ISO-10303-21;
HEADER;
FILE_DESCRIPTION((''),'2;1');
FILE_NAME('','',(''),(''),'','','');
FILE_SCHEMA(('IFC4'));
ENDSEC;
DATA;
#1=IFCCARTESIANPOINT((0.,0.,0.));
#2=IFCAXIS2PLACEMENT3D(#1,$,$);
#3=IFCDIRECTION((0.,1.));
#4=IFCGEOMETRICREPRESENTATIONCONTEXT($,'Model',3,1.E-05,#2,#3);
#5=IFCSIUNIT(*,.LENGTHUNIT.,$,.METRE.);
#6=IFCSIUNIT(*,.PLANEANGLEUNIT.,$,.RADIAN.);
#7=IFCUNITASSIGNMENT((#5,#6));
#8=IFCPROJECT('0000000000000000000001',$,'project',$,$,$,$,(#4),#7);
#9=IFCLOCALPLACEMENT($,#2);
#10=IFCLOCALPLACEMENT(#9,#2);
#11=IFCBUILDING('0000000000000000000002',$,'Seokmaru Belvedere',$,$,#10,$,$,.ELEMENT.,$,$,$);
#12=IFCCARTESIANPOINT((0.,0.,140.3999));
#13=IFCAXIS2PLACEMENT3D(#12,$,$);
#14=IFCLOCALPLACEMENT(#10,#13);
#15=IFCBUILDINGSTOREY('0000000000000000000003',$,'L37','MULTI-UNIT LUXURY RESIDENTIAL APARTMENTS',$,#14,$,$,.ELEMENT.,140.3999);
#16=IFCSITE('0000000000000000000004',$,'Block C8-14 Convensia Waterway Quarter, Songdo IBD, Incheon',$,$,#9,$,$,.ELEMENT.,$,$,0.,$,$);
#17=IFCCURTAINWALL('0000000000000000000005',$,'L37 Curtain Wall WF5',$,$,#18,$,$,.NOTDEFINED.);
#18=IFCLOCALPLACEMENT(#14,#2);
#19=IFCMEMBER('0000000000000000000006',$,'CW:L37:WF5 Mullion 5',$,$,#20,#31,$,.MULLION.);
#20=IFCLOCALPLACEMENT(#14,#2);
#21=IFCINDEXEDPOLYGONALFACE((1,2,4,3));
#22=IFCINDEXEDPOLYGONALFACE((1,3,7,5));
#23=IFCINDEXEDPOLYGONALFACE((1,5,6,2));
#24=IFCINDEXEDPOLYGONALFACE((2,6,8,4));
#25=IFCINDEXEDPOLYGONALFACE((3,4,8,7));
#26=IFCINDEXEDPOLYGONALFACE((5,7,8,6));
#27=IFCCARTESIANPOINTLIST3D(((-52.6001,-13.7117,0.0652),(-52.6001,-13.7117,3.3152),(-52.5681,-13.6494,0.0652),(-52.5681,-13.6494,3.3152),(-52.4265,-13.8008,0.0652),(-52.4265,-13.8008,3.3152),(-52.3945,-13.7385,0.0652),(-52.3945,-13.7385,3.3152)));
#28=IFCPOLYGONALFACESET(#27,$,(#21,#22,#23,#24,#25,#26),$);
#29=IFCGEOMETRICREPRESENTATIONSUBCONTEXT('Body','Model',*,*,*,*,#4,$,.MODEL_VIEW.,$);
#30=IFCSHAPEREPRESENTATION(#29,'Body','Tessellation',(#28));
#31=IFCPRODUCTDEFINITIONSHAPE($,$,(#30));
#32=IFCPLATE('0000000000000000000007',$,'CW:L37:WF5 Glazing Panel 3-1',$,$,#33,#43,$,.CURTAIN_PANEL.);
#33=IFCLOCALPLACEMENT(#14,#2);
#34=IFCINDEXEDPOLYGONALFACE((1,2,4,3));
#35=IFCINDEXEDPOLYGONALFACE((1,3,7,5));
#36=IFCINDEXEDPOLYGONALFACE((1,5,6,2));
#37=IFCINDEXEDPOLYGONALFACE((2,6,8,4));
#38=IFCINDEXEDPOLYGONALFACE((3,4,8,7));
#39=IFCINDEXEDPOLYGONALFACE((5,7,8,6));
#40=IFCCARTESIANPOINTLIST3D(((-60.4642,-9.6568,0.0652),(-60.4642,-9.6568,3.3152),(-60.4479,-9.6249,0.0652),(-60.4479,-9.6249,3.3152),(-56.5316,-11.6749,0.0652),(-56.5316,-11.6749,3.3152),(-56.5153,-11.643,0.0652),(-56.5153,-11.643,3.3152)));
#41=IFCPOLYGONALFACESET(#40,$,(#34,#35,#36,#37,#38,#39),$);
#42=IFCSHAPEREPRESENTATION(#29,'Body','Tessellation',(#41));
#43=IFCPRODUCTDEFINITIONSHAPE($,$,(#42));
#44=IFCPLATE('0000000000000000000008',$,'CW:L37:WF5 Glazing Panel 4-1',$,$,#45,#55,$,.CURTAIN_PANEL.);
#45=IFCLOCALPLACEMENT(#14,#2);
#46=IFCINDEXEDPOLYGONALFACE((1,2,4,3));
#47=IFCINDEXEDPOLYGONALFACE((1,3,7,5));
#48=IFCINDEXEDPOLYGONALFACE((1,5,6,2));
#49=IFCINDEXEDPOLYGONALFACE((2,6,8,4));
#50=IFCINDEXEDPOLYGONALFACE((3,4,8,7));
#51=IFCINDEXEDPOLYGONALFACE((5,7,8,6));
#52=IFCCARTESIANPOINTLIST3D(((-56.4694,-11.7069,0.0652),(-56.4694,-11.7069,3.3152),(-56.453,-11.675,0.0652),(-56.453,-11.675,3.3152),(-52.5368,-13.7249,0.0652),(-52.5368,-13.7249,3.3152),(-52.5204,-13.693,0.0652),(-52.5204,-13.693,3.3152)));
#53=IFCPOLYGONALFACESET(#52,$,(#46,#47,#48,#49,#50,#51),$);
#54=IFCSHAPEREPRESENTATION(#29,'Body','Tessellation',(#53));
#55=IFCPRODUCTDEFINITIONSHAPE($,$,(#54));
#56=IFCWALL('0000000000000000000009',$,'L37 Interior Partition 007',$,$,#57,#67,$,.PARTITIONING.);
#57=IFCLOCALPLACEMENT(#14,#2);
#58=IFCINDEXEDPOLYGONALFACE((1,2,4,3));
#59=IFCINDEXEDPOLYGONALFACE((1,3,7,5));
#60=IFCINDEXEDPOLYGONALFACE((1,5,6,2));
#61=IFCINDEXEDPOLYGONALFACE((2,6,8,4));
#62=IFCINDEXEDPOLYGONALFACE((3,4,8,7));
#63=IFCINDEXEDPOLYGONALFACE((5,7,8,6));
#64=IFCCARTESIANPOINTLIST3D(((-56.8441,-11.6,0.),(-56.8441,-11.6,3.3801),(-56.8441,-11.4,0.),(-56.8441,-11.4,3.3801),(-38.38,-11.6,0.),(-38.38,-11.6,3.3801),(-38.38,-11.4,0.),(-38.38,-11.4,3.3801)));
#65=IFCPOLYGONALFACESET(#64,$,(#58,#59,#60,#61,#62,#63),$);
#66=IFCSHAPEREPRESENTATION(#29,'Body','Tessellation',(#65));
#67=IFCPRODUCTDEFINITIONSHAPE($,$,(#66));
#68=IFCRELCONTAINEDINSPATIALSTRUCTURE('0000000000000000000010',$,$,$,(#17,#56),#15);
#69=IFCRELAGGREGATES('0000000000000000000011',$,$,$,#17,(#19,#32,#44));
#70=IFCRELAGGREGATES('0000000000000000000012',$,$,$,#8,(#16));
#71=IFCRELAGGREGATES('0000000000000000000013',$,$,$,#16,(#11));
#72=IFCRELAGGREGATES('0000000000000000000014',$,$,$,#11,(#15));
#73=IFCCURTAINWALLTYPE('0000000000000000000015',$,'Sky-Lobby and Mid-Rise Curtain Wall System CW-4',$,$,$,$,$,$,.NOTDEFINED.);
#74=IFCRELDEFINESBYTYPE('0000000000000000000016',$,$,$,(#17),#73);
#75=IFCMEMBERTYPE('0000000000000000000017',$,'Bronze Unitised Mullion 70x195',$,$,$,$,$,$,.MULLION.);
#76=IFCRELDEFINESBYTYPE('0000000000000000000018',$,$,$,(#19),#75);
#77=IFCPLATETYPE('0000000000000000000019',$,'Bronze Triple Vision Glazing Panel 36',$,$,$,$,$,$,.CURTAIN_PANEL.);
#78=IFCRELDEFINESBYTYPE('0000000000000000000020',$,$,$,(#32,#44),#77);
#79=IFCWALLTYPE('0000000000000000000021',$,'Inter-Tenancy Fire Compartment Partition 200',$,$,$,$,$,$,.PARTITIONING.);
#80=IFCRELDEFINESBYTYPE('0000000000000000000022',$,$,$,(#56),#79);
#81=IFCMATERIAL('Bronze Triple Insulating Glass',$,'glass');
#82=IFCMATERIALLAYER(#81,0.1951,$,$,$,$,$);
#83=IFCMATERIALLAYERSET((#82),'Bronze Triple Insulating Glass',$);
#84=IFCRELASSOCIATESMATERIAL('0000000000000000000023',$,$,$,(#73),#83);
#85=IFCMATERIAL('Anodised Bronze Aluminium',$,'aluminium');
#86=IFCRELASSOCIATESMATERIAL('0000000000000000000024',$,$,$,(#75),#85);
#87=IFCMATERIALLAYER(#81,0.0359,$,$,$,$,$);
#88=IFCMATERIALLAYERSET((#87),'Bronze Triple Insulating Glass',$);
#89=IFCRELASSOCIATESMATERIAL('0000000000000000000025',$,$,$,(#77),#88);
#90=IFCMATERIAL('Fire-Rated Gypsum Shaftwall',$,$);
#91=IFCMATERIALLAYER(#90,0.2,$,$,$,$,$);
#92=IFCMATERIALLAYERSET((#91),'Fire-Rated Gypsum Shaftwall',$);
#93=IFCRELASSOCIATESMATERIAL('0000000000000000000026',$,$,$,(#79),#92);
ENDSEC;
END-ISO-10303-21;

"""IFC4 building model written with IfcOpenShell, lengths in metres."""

from ifc_helpers import new_model, si_unit, direction, frame, frame_2d, origin, origin_2d, place, context, subcontext, project, spatial, rectangle, extrude, source, transform, mapped, material, layer, layer_set, material_profile, profile_set, type_object, type_shapes, element, aggregate, save


model = new_model("IFC4")

# Units and contexts
model_context = context("Model", 3, precision=1e-05, world=origin(), true_north=direction((0.0, 1.0)))
body_context = subcontext(model_context, "Body", "Model", "MODEL_VIEW")
ifc_project = project(units=[si_unit("LENGTHUNIT", "METRE"), si_unit("PLANEANGLEUNIT", "RADIAN")], contexts=[model_context])

# Site, building, storey
site_placement = place(None, origin())
site = spatial("IfcSite", under=ifc_project, at=site_placement, Name="Block C8-14 Convensia Waterway Quarter, Songdo IBD, Incheon", CompositionType="ELEMENT", RefElevation=0.0)
building_placement = place(site_placement, origin())
building = spatial("IfcBuilding", under=site, at=building_placement, Name="Seokmaru Belvedere", CompositionType="ELEMENT")
storey_placement = place(building_placement, frame((0.0, 0.0, 140.3999)))
storey = spatial("IfcBuildingStorey", under=building, at=storey_placement, Name="L37", Description="MULTI-UNIT LUXURY RESIDENTIAL APARTMENTS", CompositionType="ELEMENT", Elevation=140.3999)

# Curtain wall, member, plates
ifc_material_1 = material(Name="Bronze Triple Insulating Glass", Category="glass")
ifc_layer_1 = layer(ifc_material_1, 0.1951)
ifc_layer_set_1 = layer_set([ifc_layer_1], Name="Bronze Triple Insulating Glass")
curtain_wall_type = type_object("IfcCurtainWallType", Name="Sky-Lobby and Mid-Rise Curtain Wall System CW-4", PredefinedType="NOTDEFINED", material=ifc_layer_set_1)
curtain_wall_placement = place(storey_placement, origin())
curtain_wall = element("IfcCurtainWall", 1, at=curtain_wall_placement, inside=storey, type_object=curtain_wall_type, Name="L37 Curtain Wall WF5", PredefinedType="NOTDEFINED")
ifc_material_2 = material(Name="Anodised Bronze Aluminium", Category="aluminium")
ifc_material_profile_1 = material_profile(ifc_material_2, rectangle(XDim=0.0701, YDim=0.1951, at=origin_2d()), Name="CW-M-70x195")
ifc_profile_set_1 = profile_set([ifc_material_profile_1], Name="Anodised Bronze Aluminium")
member_type = type_object("IfcMemberType", Name="Bronze Unitised Mullion 70x195", PredefinedType="MULLION", material=ifc_profile_set_1)
shared_shape_1 = source(origin(), body_context, "Body", "SweptSolid", [
    extrude(rectangle(XDim=0.0701, YDim=0.1951, at=origin_2d()), origin(), (0.0, 0.0, 1.0), 3.25),
])
type_shapes(member_type, [shared_shape_1])
member_1_placement = place(storey_placement, frame((-52.4973, -13.7251, 0.0652), z_axis=(0.0, 0.0, 1.0), x_axis=(0.456555, 0.889695, 0.0)))
member_1 = element("IfcMember", 2, at=member_1_placement, type_object=member_type, Name="CW:L37:WF5 Mullion 5", PredefinedType="MULLION", context=body_context, shape_type="MappedRepresentation", body=[
    mapped(shared_shape_1, transform((0.0, 0.0, 0.0), scale=1.0)),
])
ifc_layer_2 = layer(ifc_material_1, 0.0359)
ifc_layer_set_2 = layer_set([ifc_layer_2], Name="Bronze Triple Insulating Glass")
plate_type = type_object("IfcPlateType", Name="Bronze Triple Vision Glazing Panel 36", PredefinedType="CURTAIN_PANEL", material=ifc_layer_set_2)
shared_shape_2 = source(origin(), body_context, "Body", "SweptSolid", [
    extrude(rectangle(XDim=4.4202, YDim=0.0359, at=origin_2d()), origin(), (0.0, 0.0, 1.0), 3.25),
])
type_shapes(plate_type, [shared_shape_2])
plate_1_placement = place(storey_placement, frame((-58.4897, -10.6499, 0.0652), z_axis=(0.0, 0.0, 1.0), x_axis=(0.889695, -0.456555, 0.0)))
plate_1 = element("IfcPlate", 3, at=plate_1_placement, type_object=plate_type, Name="CW:L37:WF5 Glazing Panel 3-1", PredefinedType="CURTAIN_PANEL", context=body_context, shape_type="MappedRepresentation", body=[
    mapped(shared_shape_2, transform((0.0, 0.0, 0.0), scale=1.0)),
])
plate_2_placement = place(storey_placement, frame((-54.4949, -12.7, 0.0652), z_axis=(0.0, 0.0, 1.0), x_axis=(0.889695, -0.456555, 0.0)))
plate_2 = element("IfcPlate", 4, at=plate_2_placement, type_object=plate_type, Name="CW:L37:WF5 Glazing Panel 4-1", PredefinedType="CURTAIN_PANEL", context=body_context, shape_type="MappedRepresentation", body=[
    mapped(shared_shape_2, transform((0.0, 0.0, 0.0), scale=1.0)),
])
aggregate(curtain_wall, [member_1, plate_1, plate_2])

# Shared definitions
ifc_material_3 = material(Name="Fire-Rated Gypsum Shaftwall")

# Wall
ifc_layer_3 = layer(ifc_material_3, 0.2)
ifc_layer_set_3 = layer_set([ifc_layer_3], Name="Fire-Rated Gypsum Shaftwall")
wall_type_1 = type_object("IfcWallType", Name="Inter-Tenancy Fire Compartment Partition 200", PredefinedType="PARTITIONING", material=ifc_layer_set_3)
wall_1_placement = place(storey_placement, frame((-56.844, -11.5, 0.0), z_axis=(0.0, 0.0, 1.0), x_axis=(1.0, 0.0, 0.0)))
element("IfcWall", 5, at=wall_1_placement, inside=storey, type_object=wall_type_1, Name="L37 Interior Partition 007", PredefinedType="PARTITIONING", context=body_context, shape_type="SweptSolid", body=[
    extrude(rectangle(XDim=18.4641, YDim=0.2, at=frame_2d((9.2319, 0.0))), origin(), (0.0, 0.0, 1.0), 3.3801),
])

save(model, "model.ifc")
